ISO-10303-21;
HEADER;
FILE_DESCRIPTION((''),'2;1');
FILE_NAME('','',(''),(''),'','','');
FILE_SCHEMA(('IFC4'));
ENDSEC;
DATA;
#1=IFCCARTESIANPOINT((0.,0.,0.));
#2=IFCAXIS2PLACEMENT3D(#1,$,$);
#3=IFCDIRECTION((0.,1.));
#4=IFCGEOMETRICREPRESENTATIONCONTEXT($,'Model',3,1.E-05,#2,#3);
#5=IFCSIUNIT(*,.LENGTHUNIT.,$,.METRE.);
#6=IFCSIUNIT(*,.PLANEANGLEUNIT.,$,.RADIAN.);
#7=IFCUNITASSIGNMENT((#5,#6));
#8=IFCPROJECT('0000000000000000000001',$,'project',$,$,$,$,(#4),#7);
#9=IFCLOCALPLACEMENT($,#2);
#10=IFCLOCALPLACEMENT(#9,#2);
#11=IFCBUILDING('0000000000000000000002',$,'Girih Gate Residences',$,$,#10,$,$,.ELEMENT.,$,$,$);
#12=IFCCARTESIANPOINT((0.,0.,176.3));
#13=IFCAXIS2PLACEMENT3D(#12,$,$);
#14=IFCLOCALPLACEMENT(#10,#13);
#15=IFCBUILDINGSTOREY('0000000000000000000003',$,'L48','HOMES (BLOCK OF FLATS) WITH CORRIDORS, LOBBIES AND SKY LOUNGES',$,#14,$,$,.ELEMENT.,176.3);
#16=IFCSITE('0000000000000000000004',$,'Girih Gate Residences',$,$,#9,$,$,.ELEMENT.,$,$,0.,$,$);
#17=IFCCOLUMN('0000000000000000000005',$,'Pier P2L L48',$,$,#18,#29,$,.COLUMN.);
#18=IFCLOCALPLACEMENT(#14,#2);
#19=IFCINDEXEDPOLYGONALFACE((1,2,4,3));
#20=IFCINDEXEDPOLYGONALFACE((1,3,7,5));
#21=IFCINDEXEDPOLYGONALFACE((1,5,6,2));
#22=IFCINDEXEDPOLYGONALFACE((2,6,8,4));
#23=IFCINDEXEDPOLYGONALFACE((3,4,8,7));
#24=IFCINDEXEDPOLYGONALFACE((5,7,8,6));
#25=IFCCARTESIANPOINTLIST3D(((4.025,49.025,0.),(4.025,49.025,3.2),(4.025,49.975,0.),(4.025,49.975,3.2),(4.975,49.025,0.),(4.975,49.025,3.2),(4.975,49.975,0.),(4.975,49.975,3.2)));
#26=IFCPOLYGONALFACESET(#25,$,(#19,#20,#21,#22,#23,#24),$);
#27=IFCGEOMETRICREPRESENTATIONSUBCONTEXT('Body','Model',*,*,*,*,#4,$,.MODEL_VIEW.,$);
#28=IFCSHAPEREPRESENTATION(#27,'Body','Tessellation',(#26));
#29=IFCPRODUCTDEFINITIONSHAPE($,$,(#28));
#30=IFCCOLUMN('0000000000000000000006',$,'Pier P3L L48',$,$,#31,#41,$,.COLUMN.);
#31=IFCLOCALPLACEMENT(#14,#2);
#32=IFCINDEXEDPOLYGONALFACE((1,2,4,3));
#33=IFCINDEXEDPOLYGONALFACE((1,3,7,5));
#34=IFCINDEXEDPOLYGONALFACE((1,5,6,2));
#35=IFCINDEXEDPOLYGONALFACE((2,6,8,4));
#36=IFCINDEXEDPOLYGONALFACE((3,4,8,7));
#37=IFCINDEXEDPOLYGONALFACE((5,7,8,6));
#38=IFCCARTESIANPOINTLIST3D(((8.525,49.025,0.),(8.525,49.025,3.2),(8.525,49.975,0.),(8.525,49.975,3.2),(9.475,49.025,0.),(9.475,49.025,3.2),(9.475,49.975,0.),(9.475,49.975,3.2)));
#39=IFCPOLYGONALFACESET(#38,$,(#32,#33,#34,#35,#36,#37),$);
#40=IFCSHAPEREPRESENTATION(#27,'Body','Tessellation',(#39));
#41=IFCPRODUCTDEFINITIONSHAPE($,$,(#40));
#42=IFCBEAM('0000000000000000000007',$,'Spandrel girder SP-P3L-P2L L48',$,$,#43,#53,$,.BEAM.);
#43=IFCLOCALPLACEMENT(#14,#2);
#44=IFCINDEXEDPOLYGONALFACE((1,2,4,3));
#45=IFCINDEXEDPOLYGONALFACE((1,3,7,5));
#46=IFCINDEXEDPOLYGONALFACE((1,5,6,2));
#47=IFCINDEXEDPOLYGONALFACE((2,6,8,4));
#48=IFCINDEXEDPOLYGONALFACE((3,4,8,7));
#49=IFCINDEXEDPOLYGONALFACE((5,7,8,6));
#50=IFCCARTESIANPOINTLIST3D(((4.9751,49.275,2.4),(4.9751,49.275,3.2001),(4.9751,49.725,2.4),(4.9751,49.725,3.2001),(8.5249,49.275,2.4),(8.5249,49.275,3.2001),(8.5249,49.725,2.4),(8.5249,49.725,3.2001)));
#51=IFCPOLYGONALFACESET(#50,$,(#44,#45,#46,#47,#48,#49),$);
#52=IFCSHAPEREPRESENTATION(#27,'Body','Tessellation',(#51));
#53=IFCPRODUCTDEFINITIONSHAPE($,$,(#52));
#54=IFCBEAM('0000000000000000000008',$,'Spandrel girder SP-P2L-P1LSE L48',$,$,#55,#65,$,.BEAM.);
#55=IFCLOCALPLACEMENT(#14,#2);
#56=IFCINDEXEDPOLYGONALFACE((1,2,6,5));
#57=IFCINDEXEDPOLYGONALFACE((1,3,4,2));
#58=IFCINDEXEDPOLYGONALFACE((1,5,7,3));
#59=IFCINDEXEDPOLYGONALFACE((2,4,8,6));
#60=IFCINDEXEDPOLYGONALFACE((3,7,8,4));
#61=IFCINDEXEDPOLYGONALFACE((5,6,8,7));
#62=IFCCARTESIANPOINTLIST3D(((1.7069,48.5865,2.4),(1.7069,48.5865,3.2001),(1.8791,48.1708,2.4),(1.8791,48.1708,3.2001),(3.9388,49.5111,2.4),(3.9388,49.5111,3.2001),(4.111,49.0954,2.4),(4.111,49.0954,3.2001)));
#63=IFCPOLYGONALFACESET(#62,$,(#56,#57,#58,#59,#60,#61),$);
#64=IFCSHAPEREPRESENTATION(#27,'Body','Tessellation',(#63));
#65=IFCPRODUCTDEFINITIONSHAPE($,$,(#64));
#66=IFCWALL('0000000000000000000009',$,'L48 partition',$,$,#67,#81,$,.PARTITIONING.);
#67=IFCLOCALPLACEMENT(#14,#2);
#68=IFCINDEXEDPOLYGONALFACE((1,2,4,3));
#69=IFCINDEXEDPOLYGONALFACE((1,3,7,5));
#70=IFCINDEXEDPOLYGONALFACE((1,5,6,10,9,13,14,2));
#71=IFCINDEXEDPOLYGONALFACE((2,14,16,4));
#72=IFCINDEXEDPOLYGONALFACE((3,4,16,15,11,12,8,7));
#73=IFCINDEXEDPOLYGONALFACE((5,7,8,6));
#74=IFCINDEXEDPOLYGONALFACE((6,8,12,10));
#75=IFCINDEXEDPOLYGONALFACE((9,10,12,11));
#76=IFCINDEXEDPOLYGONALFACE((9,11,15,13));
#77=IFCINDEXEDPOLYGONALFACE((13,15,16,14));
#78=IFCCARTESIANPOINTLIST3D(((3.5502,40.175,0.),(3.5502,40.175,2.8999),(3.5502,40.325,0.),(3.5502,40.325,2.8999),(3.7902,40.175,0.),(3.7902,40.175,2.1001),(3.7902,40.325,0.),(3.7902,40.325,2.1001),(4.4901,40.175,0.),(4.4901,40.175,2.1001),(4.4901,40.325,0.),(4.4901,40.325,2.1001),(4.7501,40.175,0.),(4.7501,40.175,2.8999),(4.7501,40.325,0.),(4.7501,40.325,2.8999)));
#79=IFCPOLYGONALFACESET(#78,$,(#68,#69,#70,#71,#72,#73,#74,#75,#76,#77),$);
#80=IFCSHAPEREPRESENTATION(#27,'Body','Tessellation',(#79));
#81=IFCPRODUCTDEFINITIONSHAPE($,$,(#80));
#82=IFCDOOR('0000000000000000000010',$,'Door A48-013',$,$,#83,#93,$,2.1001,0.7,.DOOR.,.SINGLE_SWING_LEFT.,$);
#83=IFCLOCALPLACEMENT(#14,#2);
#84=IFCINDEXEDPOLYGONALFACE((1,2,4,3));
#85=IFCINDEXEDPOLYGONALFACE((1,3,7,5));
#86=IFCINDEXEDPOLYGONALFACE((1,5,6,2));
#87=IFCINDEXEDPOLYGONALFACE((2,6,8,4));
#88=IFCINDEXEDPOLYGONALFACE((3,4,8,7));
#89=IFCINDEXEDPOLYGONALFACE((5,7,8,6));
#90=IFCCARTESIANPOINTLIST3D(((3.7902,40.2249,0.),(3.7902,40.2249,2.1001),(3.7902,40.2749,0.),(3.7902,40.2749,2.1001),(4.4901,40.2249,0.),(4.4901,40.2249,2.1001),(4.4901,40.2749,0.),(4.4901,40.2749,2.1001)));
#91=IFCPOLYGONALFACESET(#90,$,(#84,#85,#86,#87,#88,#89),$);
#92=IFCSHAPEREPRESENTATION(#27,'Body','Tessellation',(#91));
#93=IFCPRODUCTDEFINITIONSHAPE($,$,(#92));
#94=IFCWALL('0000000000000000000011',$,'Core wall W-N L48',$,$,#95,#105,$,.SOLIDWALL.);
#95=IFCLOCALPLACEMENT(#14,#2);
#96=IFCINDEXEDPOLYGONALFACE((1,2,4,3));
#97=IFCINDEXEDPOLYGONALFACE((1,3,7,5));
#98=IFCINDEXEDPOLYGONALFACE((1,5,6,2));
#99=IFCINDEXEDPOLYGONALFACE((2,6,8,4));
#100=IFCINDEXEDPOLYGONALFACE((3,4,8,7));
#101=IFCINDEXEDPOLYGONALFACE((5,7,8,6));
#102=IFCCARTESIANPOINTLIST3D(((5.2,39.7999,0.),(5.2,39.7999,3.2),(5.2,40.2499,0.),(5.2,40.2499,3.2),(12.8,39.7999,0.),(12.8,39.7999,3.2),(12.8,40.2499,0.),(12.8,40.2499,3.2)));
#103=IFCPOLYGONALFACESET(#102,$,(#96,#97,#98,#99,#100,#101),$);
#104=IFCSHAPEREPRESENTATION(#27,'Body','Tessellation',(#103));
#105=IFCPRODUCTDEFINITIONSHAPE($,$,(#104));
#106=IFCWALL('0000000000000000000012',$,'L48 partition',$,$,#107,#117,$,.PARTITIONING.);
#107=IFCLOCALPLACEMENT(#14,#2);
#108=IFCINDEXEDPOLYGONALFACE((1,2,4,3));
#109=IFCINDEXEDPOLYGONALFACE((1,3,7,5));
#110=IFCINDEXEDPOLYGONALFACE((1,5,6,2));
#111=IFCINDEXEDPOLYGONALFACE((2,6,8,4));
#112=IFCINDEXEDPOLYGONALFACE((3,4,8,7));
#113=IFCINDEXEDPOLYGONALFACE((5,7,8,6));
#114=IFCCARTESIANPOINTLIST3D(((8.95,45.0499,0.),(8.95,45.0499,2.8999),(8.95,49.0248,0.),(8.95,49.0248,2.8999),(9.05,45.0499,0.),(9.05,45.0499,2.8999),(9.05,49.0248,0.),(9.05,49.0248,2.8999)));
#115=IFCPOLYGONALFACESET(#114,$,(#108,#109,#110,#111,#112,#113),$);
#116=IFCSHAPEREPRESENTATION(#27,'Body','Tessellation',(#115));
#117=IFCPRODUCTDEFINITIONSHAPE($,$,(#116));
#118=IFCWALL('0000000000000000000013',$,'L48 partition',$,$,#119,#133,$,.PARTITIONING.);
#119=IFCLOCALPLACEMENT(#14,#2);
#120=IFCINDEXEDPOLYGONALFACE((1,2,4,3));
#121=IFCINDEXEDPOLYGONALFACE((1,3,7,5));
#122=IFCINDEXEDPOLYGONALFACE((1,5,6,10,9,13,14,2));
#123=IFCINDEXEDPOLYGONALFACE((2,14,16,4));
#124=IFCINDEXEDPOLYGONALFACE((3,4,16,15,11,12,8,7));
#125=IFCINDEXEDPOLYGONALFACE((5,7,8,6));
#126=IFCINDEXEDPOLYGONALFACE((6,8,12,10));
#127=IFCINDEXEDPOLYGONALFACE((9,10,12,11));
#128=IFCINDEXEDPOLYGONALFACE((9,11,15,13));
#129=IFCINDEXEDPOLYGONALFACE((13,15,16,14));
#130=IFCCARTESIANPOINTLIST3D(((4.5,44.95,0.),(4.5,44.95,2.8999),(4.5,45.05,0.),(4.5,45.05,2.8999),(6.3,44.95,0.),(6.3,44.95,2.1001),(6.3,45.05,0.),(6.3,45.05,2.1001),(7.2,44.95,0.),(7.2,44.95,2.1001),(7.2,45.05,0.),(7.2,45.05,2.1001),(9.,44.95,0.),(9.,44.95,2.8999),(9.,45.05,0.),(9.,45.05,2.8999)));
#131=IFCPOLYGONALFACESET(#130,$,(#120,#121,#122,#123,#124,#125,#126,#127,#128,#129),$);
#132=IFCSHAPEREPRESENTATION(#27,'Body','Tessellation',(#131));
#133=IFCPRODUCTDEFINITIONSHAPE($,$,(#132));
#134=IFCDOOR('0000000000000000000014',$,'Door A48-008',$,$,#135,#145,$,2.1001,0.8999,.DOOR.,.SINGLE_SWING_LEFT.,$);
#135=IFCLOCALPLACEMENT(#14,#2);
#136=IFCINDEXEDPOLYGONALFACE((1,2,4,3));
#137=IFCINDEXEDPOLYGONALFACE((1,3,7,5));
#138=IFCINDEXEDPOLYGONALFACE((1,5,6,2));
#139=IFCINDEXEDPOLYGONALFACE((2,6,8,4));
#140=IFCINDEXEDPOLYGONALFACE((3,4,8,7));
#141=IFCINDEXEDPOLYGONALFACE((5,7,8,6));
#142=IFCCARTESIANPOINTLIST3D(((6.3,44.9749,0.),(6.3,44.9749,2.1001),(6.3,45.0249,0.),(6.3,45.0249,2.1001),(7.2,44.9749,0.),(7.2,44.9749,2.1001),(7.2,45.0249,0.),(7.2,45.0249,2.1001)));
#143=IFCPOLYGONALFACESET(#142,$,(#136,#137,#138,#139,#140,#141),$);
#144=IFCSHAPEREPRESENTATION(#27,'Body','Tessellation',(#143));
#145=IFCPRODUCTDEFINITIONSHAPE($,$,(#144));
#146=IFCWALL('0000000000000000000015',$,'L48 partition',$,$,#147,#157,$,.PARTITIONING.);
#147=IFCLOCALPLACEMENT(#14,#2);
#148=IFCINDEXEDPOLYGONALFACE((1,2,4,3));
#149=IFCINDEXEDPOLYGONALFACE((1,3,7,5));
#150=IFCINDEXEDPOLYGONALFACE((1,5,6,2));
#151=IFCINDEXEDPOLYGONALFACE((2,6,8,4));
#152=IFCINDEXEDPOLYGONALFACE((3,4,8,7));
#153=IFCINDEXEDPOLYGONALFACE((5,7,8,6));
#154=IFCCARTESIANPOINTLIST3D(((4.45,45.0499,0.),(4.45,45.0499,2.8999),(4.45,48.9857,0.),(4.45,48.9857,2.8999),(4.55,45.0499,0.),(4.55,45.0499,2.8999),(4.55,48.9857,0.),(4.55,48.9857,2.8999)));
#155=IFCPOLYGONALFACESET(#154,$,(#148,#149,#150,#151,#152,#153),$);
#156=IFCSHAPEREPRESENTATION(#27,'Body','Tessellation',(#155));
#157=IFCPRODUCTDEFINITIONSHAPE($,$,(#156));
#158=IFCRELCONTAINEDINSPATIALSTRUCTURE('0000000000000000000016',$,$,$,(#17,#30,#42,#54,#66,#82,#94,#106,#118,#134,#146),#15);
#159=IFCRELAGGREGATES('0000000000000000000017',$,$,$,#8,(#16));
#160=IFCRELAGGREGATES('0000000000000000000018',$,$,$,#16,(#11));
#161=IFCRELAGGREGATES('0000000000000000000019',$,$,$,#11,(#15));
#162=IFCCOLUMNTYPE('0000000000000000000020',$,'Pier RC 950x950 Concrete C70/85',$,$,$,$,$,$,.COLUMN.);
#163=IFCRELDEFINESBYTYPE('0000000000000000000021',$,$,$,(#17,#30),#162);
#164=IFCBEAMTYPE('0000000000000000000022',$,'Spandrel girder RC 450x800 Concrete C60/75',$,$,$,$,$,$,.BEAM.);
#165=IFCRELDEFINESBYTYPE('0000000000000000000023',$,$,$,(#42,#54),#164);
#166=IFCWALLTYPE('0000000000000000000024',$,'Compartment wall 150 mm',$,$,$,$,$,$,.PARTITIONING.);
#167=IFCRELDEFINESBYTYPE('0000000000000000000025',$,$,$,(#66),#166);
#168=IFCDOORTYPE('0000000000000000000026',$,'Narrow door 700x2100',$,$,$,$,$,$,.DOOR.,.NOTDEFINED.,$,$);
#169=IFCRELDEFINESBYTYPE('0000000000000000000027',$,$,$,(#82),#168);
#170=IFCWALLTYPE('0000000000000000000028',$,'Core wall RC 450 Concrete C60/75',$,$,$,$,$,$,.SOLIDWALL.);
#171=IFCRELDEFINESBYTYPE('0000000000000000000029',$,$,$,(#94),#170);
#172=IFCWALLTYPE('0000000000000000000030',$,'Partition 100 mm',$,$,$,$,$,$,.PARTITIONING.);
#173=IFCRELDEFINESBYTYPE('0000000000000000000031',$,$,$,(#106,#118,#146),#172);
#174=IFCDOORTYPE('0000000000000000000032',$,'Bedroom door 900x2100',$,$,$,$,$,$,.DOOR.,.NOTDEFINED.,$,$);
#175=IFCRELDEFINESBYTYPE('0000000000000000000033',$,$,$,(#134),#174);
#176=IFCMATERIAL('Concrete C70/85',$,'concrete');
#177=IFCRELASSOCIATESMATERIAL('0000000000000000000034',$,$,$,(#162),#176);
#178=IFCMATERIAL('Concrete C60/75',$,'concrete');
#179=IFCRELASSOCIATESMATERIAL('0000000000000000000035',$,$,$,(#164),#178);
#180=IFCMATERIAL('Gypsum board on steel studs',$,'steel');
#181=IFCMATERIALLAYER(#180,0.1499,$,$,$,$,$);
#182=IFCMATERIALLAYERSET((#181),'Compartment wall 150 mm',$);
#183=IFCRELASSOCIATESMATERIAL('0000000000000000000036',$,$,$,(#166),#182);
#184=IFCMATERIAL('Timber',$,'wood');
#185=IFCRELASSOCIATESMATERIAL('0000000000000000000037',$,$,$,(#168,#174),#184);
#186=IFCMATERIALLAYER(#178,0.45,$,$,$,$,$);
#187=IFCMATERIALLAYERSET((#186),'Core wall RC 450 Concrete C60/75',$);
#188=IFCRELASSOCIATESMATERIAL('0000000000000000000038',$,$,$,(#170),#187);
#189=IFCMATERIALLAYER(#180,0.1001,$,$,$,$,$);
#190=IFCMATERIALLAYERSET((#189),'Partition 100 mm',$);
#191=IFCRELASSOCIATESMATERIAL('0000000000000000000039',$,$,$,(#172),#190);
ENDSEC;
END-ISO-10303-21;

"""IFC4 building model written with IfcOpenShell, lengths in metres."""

from ifc_helpers import new_model, si_unit, direction, frame, frame_2d, origin, origin_2d, place, context, subcontext, project, spatial, rectangle, extrude, material, layer, layer_set, material_profile, profile_set, type_object, element, fill, save


model = new_model("IFC4")

# Units and contexts
model_context = context("Model", 3, precision=1e-05, world=origin(), true_north=direction((0.0, 1.0)))
body_context = subcontext(model_context, "Body", "Model", "MODEL_VIEW")
ifc_project = project(units=[si_unit("LENGTHUNIT", "METRE"), si_unit("PLANEANGLEUNIT", "RADIAN")], contexts=[model_context])

# Site, building, storey
site_placement = place(None, origin())
site = spatial("IfcSite", under=ifc_project, at=site_placement, Name="Girih Gate Residences", CompositionType="ELEMENT", RefElevation=0.0)
building_placement = place(site_placement, origin())
building = spatial("IfcBuilding", under=site, at=building_placement, Name="Girih Gate Residences", CompositionType="ELEMENT")
storey_placement = place(building_placement, frame((0.0, 0.0, 176.3)))
storey = spatial("IfcBuildingStorey", under=building, at=storey_placement, Name="L48", Description="HOMES (BLOCK OF FLATS) WITH CORRIDORS, LOBBIES AND SKY LOUNGES", CompositionType="ELEMENT", Elevation=176.3)

# Columns
ifc_material_1 = material(Name="Concrete C70/85", Category="concrete")
ifc_material_profile_1 = material_profile(ifc_material_1, rectangle(XDim=0.95, YDim=0.95, at=origin_2d()))
ifc_profile_set_1 = profile_set([ifc_material_profile_1], Name="Concrete C70/85")
column_type = type_object("IfcColumnType", Name="Pier RC 950x950 Concrete C70/85", PredefinedType="COLUMN", material=ifc_profile_set_1)
for number, where, z_axis, x_axis, name in (
    (1, (4.5, 49.5, 0.0), (0.0, 0.0, 1.0), (1.0, 0.0, 0.0), "Pier P2L L48"),
    (2, (9.0, 49.5, 0.0), (0.0, 0.0, 1.0), (1.0, 0.0, 0.0), "Pier P3L L48"),
):
    element("IfcColumn", number, at=place(storey_placement, frame(where, z_axis=z_axis, x_axis=x_axis)), inside=storey, type_object=column_type, Name=name, PredefinedType="COLUMN", context=body_context, shape_type="SweptSolid", body=[
        extrude(rectangle(XDim=0.95, YDim=0.95, at=origin_2d()), origin(), (0.0, 0.0, 1.0), 3.2),
    ])

# Beams
ifc_material_2 = material(Name="Concrete C60/75", Category="concrete")
ifc_material_profile_2 = material_profile(ifc_material_2, rectangle(XDim=0.45, YDim=0.8, at=origin_2d()))
ifc_profile_set_2 = profile_set([ifc_material_profile_2], Name="Concrete C60/75")
beam_type = type_object("IfcBeamType", Name="Spandrel girder RC 450x800 Concrete C60/75", PredefinedType="BEAM", material=ifc_profile_set_2)
beam_1_placement = place(storey_placement, frame((8.5249, 49.5, 2.8), z_axis=(-1.0, 0.0, 0.0), x_axis=(0.0, -1.0, 0.0)))
element("IfcBeam", 3, at=beam_1_placement, inside=storey, type_object=beam_type, Name="Spandrel girder SP-P3L-P2L L48", PredefinedType="BEAM", context=body_context, shape_type="SweptSolid", body=[
    extrude(rectangle(XDim=0.45, YDim=0.8, at=origin_2d()), origin(), (0.0, 0.0, 1.0), 3.5498),
])
beam_2_placement = place(storey_placement, frame((4.0249, 49.3032, 2.8), z_axis=(-0.92387, -0.382706, 0.0), x_axis=(0.382706, -0.92387, 0.0)))
element("IfcBeam", 4, at=beam_2_placement, inside=storey, type_object=beam_type, Name="Spandrel girder SP-P2L-P1LSE L48", PredefinedType="BEAM", context=body_context, shape_type="SweptSolid", body=[
    extrude(rectangle(XDim=0.45, YDim=0.8, at=origin_2d()), origin(), (0.0, 0.0, 1.0), 2.4158),
])

# Wall, opening, door
ifc_material_3 = material(Name="Gypsum board on steel studs", Category="steel")
ifc_layer_1 = layer(ifc_material_3, 0.1499)
ifc_layer_set_1 = layer_set([ifc_layer_1], Name="Compartment wall 150 mm")
wall_type_1 = type_object("IfcWallType", Name="Compartment wall 150 mm", PredefinedType="PARTITIONING", material=ifc_layer_set_1)
wall_1_placement = place(storey_placement, frame((3.55, 40.25, 0.0), z_axis=(0.0, 0.0, 1.0), x_axis=(1.0, 0.0, 0.0)))
wall_1 = element("IfcWall", 5, at=wall_1_placement, inside=storey, type_object=wall_type_1, Name="L48 partition", PredefinedType="PARTITIONING", context=body_context, shape_type="SweptSolid", body=[
    extrude(rectangle(XDim=1.2, YDim=0.1499, at=frame_2d((0.6001, 0.0))), origin(), (0.0, 0.0, 1.0), 2.8999),
])
opening_1_placement = place(wall_1_placement, frame((0.24, 0.0, 0.0)))
opening_1 = element("IfcOpeningElement", 6, at=opening_1_placement, cuts=wall_1, PredefinedType="OPENING", context=body_context, shape_type="SweptSolid", body=[
    extrude(rectangle(XDim=0.7, YDim=2.1001, at=frame_2d((0.3501, 1.05))), frame((0.0, 0.085, 0.0), z_axis=(0.0, -1.0, 0.0), x_axis=(1.0, 0.0, 0.0)), (0.0, 0.0, 1.0), 0.1699),
])
ifc_material_4 = material(Name="Timber", Category="wood")
door_type_1 = type_object("IfcDoorType", Name="Narrow door 700x2100", OperationType="NOTDEFINED", PredefinedType="DOOR", material=ifc_material_4)
door_1_placement = place(opening_1_placement, origin())
door_1 = element("IfcDoor", 7, at=door_1_placement, inside=storey, type_object=door_type_1, Name="Door A48-013", OperationType="SINGLE_SWING_LEFT", OverallHeight=2.1001, OverallWidth=0.7, PredefinedType="DOOR", context=body_context, shape_type="SweptSolid", body=[
    extrude(rectangle(XDim=0.7, YDim=2.1001, at=frame_2d((0.3501, 1.05))), frame((0.0, 0.0249, 0.0), z_axis=(0.0, -1.0, 0.0), x_axis=(1.0, 0.0, 0.0)), (0.0, 0.0, 1.0), 0.05),
])
fill(opening_1, door_1)

# Walls
ifc_layer_2 = layer(ifc_material_2, 0.45)
ifc_layer_set_2 = layer_set([ifc_layer_2], Name="Core wall RC 450 Concrete C60/75")
wall_type_2 = type_object("IfcWallType", Name="Core wall RC 450 Concrete C60/75", PredefinedType="SOLIDWALL", material=ifc_layer_set_2)
wall_2_placement = place(storey_placement, frame((5.2, 40.0249, 0.0), z_axis=(0.0, 0.0, 1.0), x_axis=(1.0, 0.0, 0.0)))
element("IfcWall", 8, at=wall_2_placement, inside=storey, type_object=wall_type_2, Name="Core wall W-N L48", PredefinedType="SOLIDWALL", context=body_context, shape_type="SweptSolid", body=[
    extrude(rectangle(XDim=7.6001, YDim=0.45, at=frame_2d((3.8, 0.0))), origin(), (0.0, 0.0, 1.0), 3.2),
])
ifc_layer_3 = layer(ifc_material_3, 0.1001)
ifc_layer_set_3 = layer_set([ifc_layer_3], Name="Partition 100 mm")
wall_type_3 = type_object("IfcWallType", Name="Partition 100 mm", PredefinedType="PARTITIONING", material=ifc_layer_set_3)
wall_3_placement = place(storey_placement, frame((9.0, 45.05, 0.0), z_axis=(0.0, 0.0, 1.0), x_axis=(0.0, 1.0, 0.0)))
element("IfcWall", 9, at=wall_3_placement, inside=storey, type_object=wall_type_3, Name="L48 partition", PredefinedType="PARTITIONING", context=body_context, shape_type="SweptSolid", body=[
    extrude(rectangle(XDim=3.9749, YDim=0.1001, at=frame_2d((1.9873, 0.0))), origin(), (0.0, 0.0, 1.0), 2.8999),
])

# Wall, opening, door
wall_4_placement = place(storey_placement, frame((4.5, 45.0, 0.0), z_axis=(0.0, 0.0, 1.0), x_axis=(1.0, 0.0, 0.0)))
wall_4 = element("IfcWall", 10, at=wall_4_placement, inside=storey, type_object=wall_type_3, Name="L48 partition", PredefinedType="PARTITIONING", context=body_context, shape_type="SweptSolid", body=[
    extrude(rectangle(XDim=4.5, YDim=0.1001, at=frame_2d((2.25, 0.0))), origin(), (0.0, 0.0, 1.0), 2.8999),
])
opening_2_placement = place(wall_4_placement, frame((1.8, 0.0, 0.0)))
opening_2 = element("IfcOpeningElement", 11, at=opening_2_placement, cuts=wall_4, PredefinedType="OPENING", context=body_context, shape_type="SweptSolid", body=[
    extrude(rectangle(XDim=0.8999, YDim=2.1001, at=frame_2d((0.45, 1.05))), frame((0.0, 0.0601, 0.0), z_axis=(0.0, -1.0, 0.0), x_axis=(1.0, 0.0, 0.0)), (0.0, 0.0, 1.0), 0.1201),
])
door_type_2 = type_object("IfcDoorType", Name="Bedroom door 900x2100", OperationType="NOTDEFINED", PredefinedType="DOOR", material=ifc_material_4)
door_2_placement = place(opening_2_placement, origin())
door_2 = element("IfcDoor", 12, at=door_2_placement, inside=storey, type_object=door_type_2, Name="Door A48-008", OperationType="SINGLE_SWING_LEFT", OverallHeight=2.1001, OverallWidth=0.8999, PredefinedType="DOOR", context=body_context, shape_type="SweptSolid", body=[
    extrude(rectangle(XDim=0.8999, YDim=2.1001, at=frame_2d((0.45, 1.05))), frame((0.0, 0.0249, 0.0), z_axis=(0.0, -1.0, 0.0), x_axis=(1.0, 0.0, 0.0)), (0.0, 0.0, 1.0), 0.05),
])
fill(opening_2, door_2)

# Wall
wall_5_placement = place(storey_placement, frame((4.5, 45.05, 0.0), z_axis=(0.0, 0.0, 1.0), x_axis=(0.0, 1.0, 0.0)))
element("IfcWall", 13, at=wall_5_placement, inside=storey, type_object=wall_type_3, Name="L48 partition", PredefinedType="PARTITIONING", context=body_context, shape_type="SweptSolid", body=[
    extrude(rectangle(XDim=3.9358, YDim=0.1001, at=frame_2d((1.9678, 0.0))), origin(), (0.0, 0.0, 1.0), 2.8999),
])

save(model, "model.ifc")
